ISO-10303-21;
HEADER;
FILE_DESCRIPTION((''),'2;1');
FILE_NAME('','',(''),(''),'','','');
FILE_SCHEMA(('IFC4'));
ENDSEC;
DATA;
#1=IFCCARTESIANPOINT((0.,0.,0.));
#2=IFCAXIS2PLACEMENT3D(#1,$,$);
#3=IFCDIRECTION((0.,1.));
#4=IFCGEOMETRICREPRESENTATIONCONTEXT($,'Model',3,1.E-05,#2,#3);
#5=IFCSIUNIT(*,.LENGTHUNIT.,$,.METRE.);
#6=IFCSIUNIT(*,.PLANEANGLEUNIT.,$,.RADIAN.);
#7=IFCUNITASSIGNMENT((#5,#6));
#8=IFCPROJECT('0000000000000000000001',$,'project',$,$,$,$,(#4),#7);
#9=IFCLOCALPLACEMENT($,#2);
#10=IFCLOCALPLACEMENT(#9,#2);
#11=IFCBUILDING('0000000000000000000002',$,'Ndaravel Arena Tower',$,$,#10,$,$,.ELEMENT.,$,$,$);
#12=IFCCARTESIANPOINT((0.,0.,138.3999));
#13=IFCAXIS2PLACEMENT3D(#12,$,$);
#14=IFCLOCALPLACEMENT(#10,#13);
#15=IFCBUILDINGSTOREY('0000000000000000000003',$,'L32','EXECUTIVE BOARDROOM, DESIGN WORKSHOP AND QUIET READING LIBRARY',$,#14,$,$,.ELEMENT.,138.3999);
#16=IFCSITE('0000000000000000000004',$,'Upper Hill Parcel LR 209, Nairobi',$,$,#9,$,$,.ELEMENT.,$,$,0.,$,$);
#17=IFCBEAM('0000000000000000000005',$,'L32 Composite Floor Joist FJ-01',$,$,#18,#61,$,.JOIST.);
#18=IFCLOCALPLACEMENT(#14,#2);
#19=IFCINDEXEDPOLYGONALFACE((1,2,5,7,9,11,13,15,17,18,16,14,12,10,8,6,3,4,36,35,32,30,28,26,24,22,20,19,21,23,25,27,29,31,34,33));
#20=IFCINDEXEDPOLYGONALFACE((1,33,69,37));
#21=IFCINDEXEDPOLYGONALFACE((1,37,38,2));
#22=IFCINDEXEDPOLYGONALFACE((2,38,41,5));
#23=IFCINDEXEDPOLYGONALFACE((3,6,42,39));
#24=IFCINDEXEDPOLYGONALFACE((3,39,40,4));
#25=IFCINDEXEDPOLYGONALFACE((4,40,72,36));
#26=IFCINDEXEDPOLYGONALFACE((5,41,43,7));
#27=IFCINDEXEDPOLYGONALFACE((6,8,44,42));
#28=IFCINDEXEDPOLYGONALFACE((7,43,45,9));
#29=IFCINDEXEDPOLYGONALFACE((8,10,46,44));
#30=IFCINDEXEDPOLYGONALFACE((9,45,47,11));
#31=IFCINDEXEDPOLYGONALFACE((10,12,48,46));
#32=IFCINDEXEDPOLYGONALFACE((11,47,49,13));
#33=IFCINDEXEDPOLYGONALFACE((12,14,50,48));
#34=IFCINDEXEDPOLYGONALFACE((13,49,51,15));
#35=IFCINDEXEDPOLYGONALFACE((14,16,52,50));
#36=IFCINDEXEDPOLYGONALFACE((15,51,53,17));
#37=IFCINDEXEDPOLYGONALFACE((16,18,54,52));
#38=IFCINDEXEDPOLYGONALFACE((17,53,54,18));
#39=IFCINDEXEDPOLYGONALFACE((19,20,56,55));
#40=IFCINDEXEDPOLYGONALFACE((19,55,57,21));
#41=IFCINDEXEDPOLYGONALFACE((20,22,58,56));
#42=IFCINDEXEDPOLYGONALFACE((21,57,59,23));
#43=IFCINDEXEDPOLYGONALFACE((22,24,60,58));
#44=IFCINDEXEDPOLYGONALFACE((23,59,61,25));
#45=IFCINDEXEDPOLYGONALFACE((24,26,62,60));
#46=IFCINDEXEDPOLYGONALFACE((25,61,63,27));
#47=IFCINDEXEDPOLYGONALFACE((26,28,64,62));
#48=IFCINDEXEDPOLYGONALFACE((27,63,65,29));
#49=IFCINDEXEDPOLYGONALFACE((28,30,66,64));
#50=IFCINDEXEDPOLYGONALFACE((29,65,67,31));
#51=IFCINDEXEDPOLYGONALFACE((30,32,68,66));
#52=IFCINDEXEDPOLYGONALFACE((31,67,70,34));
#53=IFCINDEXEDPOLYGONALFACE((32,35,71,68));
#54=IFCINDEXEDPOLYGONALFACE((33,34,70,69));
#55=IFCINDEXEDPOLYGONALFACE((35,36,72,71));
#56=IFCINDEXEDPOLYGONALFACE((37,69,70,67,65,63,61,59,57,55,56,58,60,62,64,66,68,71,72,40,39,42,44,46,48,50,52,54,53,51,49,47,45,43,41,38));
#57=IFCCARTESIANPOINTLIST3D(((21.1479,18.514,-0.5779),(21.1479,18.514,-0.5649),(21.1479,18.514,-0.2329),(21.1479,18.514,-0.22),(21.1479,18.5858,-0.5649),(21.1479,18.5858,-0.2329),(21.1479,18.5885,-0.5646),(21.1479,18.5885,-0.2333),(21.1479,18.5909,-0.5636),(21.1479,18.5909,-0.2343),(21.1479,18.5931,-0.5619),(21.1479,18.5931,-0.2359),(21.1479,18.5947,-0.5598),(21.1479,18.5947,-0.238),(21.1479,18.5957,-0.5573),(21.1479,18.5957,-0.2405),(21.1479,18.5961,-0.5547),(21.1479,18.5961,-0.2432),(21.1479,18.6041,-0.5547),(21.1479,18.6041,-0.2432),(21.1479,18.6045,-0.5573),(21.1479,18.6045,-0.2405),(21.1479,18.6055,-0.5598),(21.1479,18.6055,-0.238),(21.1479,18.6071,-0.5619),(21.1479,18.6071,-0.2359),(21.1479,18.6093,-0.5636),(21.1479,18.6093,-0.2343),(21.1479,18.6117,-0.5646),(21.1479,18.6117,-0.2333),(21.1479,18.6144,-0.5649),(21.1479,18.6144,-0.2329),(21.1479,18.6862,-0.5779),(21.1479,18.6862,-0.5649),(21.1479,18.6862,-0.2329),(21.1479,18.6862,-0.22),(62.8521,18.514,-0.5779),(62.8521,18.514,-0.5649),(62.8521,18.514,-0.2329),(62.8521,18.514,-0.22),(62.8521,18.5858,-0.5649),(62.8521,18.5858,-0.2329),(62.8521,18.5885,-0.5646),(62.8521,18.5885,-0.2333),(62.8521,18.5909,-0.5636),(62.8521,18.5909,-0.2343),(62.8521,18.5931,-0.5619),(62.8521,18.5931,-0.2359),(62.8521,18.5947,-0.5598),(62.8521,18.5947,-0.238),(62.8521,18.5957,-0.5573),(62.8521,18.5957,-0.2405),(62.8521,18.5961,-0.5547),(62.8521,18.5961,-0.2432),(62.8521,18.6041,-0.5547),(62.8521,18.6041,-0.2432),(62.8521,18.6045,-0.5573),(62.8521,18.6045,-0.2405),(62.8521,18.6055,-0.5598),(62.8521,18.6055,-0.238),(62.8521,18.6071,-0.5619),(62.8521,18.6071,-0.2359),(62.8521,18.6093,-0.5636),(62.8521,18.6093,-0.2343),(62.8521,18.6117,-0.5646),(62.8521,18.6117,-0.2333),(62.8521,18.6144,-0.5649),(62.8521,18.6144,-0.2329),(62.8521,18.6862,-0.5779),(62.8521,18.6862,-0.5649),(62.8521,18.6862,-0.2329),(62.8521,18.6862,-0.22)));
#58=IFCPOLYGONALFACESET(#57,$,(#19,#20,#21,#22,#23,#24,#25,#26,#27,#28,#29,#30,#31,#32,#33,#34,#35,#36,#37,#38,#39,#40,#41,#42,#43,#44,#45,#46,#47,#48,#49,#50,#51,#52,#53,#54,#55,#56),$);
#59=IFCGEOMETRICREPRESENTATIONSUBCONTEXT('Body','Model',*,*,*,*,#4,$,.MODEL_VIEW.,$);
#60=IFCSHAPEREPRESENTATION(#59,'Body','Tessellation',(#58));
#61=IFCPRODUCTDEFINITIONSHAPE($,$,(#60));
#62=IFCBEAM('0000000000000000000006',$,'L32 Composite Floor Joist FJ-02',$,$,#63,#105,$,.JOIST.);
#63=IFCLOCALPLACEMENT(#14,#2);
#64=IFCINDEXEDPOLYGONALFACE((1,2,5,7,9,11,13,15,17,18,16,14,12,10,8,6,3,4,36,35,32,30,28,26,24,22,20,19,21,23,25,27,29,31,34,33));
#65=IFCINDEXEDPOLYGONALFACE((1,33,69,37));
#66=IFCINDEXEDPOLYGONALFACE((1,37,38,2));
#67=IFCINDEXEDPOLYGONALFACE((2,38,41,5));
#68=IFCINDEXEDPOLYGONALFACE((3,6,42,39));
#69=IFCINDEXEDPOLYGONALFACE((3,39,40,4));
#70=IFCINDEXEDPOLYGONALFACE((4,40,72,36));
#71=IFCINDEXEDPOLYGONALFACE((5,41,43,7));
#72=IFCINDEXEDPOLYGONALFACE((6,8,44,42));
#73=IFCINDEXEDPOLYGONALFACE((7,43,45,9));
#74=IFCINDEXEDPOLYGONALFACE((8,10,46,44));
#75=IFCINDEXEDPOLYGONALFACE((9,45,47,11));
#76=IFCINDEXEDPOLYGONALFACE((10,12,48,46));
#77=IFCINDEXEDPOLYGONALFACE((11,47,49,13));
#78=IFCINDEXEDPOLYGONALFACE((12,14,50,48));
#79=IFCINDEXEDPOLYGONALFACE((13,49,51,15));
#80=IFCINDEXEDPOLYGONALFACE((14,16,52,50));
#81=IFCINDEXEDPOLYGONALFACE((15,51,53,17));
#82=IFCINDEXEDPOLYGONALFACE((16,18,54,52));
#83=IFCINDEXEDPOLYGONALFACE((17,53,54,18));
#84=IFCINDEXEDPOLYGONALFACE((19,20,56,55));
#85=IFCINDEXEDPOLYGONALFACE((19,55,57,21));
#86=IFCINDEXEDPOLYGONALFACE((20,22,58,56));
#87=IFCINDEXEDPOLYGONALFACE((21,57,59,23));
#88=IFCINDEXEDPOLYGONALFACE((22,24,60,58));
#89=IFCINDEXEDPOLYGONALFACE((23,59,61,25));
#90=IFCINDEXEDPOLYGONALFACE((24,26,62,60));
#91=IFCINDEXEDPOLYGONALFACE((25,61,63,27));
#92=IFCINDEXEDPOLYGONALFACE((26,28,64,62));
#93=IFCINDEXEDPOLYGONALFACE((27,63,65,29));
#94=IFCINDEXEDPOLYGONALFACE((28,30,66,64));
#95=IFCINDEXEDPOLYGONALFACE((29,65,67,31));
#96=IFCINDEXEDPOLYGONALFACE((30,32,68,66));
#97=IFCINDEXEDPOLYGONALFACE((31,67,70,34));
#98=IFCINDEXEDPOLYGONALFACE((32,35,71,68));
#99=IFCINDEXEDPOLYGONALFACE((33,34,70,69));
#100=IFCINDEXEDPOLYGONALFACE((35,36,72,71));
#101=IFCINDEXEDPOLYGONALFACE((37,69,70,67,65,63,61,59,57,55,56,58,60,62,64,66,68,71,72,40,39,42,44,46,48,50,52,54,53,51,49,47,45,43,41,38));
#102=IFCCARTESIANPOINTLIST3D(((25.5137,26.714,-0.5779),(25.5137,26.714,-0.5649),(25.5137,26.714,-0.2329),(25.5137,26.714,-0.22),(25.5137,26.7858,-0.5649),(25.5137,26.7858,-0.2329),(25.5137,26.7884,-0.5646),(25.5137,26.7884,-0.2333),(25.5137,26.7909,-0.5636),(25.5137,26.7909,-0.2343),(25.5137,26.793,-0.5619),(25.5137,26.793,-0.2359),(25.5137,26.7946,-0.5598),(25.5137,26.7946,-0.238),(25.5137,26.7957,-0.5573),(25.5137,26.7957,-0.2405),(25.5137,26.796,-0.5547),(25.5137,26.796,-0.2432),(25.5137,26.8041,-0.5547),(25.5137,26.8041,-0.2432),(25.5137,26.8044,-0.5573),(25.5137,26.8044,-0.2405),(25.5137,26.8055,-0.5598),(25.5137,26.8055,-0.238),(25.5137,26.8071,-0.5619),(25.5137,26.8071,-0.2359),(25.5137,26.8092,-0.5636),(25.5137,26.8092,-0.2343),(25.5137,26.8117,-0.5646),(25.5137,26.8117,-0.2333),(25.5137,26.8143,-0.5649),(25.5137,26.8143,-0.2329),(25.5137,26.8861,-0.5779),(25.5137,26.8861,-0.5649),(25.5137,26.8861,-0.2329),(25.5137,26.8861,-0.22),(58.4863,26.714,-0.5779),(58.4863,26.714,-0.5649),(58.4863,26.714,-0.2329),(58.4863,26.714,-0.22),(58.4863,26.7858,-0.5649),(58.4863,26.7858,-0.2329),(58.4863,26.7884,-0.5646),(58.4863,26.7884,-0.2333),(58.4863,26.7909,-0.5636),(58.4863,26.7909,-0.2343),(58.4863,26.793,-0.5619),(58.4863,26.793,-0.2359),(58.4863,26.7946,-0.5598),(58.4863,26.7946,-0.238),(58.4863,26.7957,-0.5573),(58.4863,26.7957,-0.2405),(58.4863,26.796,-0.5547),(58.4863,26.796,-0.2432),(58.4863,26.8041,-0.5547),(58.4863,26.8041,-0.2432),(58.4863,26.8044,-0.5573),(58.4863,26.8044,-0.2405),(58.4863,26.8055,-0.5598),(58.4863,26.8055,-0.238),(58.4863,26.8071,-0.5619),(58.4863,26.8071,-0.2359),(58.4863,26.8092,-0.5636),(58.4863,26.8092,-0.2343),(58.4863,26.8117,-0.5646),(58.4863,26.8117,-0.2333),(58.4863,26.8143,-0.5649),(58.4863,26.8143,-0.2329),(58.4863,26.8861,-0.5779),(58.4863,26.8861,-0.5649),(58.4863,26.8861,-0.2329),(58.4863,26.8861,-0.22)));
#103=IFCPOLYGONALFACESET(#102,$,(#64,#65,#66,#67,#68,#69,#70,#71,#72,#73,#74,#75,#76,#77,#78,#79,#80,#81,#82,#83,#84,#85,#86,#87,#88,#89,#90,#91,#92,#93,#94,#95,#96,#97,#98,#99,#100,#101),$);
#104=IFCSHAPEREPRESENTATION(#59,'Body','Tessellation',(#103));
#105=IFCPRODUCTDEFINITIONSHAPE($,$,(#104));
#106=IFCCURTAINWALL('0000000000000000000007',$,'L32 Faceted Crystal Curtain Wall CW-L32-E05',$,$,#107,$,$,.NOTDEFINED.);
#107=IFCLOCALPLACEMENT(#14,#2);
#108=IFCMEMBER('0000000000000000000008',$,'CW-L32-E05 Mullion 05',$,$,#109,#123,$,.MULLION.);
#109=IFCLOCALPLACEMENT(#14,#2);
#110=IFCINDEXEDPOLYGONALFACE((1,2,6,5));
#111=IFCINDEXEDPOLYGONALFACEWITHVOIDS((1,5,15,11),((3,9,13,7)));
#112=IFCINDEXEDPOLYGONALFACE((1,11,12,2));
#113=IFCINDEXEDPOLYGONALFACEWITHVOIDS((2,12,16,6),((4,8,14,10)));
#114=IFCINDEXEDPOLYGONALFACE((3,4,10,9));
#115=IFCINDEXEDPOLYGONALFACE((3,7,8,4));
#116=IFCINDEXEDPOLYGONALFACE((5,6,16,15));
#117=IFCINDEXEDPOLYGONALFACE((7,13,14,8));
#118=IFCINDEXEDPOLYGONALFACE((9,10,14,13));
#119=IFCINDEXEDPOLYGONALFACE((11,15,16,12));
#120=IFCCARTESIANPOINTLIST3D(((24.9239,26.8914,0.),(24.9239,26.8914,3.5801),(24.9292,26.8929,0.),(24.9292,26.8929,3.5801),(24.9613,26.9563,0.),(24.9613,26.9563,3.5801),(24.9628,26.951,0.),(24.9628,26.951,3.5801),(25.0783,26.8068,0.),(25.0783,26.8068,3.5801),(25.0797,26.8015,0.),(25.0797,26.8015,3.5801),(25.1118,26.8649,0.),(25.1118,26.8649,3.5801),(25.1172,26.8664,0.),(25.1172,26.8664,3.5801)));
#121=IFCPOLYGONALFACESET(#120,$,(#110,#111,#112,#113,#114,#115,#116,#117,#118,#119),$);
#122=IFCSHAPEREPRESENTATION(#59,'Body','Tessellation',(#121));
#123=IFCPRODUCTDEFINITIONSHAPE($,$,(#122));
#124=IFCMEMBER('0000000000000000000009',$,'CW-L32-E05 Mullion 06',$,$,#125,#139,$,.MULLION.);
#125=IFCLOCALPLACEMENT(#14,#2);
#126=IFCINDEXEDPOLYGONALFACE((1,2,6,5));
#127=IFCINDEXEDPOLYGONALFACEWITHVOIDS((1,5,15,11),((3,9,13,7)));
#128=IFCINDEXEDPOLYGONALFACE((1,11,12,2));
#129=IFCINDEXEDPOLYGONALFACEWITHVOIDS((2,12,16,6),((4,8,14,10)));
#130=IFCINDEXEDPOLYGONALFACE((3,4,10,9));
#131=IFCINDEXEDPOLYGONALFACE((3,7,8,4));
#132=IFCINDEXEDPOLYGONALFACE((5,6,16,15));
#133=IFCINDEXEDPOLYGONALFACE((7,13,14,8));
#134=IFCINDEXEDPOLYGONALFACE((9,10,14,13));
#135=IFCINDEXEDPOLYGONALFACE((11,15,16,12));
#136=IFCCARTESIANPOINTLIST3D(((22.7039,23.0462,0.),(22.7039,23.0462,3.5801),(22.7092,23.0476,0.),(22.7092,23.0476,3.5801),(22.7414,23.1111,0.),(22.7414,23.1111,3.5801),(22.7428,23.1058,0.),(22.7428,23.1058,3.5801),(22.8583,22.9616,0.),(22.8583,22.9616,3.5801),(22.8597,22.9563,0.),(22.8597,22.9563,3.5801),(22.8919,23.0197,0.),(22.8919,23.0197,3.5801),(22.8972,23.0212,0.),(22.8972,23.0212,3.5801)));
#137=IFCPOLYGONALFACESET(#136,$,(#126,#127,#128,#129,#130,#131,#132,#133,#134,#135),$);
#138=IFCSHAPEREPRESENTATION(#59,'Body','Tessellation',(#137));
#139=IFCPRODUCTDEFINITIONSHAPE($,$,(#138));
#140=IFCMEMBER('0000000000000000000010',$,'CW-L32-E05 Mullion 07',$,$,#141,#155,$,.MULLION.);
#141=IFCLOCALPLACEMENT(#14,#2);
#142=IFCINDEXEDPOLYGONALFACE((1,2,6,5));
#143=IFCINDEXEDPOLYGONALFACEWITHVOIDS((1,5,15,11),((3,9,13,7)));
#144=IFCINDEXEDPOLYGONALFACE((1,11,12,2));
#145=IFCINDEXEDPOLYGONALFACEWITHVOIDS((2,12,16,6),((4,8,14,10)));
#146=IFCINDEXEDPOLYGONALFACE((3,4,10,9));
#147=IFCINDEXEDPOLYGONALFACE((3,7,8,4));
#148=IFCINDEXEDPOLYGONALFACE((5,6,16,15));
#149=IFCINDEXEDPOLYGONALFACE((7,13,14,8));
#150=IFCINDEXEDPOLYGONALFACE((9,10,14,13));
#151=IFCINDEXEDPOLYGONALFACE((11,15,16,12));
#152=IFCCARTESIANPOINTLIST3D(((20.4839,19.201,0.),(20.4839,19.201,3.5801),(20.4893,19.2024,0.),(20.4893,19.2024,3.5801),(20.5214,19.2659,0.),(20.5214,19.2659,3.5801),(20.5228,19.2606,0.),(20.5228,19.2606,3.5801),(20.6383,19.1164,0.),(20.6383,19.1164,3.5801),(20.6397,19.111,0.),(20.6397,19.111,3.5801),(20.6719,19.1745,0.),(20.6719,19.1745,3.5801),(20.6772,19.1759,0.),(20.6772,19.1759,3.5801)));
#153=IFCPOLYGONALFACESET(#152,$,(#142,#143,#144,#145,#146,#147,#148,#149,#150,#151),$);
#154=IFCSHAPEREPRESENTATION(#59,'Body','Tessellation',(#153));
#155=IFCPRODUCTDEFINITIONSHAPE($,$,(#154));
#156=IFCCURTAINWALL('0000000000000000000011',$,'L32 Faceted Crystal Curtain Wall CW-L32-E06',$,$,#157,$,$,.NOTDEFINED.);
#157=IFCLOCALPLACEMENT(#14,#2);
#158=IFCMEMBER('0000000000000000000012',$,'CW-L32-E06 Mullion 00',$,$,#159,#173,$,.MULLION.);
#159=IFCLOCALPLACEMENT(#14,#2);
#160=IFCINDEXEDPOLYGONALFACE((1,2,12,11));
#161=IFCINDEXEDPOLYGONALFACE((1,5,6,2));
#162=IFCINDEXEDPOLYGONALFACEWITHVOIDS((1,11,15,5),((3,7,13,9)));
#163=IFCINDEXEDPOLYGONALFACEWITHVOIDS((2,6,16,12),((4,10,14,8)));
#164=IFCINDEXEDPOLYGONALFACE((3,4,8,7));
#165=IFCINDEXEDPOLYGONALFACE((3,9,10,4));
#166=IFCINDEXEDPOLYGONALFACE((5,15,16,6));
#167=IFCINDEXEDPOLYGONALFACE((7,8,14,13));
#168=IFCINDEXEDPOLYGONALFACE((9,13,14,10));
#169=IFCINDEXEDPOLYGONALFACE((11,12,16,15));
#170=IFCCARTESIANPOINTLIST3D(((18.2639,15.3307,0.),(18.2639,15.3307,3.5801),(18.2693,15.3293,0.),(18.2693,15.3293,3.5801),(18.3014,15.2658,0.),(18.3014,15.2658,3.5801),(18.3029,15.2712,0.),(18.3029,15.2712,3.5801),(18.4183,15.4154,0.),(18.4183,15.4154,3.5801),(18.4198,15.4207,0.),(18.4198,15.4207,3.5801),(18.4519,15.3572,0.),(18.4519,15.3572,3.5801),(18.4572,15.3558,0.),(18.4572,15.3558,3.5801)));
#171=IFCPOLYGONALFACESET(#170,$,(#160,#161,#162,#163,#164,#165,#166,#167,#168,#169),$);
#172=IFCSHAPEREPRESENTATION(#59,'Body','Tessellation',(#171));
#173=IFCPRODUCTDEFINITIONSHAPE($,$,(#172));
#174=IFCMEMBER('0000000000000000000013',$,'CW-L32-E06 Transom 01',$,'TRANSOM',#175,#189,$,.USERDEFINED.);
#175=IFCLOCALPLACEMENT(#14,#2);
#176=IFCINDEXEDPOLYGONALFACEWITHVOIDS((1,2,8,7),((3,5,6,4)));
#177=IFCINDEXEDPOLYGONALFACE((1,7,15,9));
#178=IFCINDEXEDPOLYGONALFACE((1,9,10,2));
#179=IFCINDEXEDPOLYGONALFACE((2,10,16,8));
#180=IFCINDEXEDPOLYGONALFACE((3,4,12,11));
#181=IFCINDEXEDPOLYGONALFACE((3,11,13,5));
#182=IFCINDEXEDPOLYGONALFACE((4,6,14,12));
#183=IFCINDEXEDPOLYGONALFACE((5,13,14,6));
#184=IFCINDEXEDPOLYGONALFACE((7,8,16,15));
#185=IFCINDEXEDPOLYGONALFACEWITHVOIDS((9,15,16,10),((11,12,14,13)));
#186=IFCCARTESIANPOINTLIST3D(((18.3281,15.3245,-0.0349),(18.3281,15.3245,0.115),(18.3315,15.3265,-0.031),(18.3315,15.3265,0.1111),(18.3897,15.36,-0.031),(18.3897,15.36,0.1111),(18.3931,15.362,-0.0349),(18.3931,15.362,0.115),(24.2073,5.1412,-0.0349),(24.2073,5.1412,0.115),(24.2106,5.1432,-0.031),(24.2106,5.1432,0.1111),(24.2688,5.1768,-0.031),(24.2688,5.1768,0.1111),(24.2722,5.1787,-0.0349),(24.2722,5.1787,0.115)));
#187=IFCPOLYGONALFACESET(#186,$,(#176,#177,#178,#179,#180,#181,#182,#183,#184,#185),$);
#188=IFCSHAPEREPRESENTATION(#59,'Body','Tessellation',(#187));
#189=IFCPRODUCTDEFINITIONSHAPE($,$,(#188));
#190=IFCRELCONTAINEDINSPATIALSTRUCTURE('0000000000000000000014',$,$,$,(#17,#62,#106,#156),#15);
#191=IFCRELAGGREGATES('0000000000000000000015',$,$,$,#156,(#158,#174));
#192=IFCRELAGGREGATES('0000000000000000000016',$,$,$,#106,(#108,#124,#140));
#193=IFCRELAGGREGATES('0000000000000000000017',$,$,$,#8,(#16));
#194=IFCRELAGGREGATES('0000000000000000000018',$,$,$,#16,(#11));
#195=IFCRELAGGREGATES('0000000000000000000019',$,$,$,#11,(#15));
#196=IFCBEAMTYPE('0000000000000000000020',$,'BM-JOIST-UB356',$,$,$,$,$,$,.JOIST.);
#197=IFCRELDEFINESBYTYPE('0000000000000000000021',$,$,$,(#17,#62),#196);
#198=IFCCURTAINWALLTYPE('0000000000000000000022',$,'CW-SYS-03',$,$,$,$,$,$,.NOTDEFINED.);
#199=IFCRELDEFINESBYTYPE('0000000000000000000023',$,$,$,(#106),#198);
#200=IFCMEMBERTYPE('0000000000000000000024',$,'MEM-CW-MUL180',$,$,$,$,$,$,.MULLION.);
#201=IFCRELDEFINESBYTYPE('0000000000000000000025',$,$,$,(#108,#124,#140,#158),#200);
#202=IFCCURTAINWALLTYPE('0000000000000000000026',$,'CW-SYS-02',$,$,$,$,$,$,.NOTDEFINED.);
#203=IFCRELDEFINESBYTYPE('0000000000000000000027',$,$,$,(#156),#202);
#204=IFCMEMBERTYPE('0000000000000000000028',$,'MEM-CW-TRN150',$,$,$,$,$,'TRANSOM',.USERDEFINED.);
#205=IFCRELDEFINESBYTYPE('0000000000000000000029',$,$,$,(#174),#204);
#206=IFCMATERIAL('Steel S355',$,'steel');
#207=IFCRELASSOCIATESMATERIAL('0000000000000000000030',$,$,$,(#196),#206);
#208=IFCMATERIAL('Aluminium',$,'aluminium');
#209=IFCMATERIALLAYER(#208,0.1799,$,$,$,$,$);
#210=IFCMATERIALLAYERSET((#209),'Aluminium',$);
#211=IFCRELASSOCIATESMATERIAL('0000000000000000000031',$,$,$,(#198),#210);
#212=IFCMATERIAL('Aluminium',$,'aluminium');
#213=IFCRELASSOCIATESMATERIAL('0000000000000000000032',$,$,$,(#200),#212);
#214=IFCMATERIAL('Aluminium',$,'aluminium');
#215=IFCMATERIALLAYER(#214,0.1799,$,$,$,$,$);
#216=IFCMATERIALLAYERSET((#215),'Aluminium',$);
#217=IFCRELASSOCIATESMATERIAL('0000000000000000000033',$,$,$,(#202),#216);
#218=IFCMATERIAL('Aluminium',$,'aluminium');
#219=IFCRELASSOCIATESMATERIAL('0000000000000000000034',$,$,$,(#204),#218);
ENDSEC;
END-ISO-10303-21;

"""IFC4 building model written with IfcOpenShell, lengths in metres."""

from ifc_helpers import new_model, si_unit, direction, frame, origin, origin_2d, place, context, subcontext, project, spatial, hollow_rectangle, i_section, extrude, material, layer, layer_set, material_profile, profile_set, type_object, element, aggregate, save


model = new_model("IFC4")

# Units and contexts
model_context = context("Model", 3, precision=1e-05, world=origin(), true_north=direction((0.0, 1.0)))
body_context = subcontext(model_context, "Body", "Model", "MODEL_VIEW")
ifc_project = project(units=[si_unit("LENGTHUNIT", "METRE"), si_unit("PLANEANGLEUNIT", "RADIAN")], contexts=[model_context])

# Site, building, storey
site_placement = place(None, origin())
site = spatial("IfcSite", under=ifc_project, at=site_placement, Name="Upper Hill Parcel LR 209, Nairobi", CompositionType="ELEMENT", RefElevation=0.0)
building_placement = place(site_placement, origin())
building = spatial("IfcBuilding", under=site, at=building_placement, Name="Ndaravel Arena Tower", CompositionType="ELEMENT")
storey_placement = place(building_placement, frame((0.0, 0.0, 138.3999)))
storey = spatial("IfcBuildingStorey", under=building, at=storey_placement, Name="L32", Description="EXECUTIVE BOARDROOM, DESIGN WORKSHOP AND QUIET READING LIBRARY", CompositionType="ELEMENT", Elevation=138.3999)

# Beams
ifc_material_1 = material(Name="Steel S355", Category="steel")
ifc_material_profile_1 = material_profile(ifc_material_1, i_section(OverallWidth=0.1721, OverallDepth=0.3579, WebThickness=0.0081, FlangeThickness=0.0129, FilletRadius=0.0103, at=origin_2d()), Name="UB 356x171x57")
ifc_profile_set_1 = profile_set([ifc_material_profile_1], Name="Steel S355")
beam_type = type_object("IfcBeamType", Name="BM-JOIST-UB356", PredefinedType="JOIST", material=ifc_profile_set_1)
beam_1_placement = place(storey_placement, frame((21.1479, 18.6001, -0.3989), z_axis=(1.0, 0.0, 0.0), x_axis=(0.0, 1.0, 0.0)))
element("IfcBeam", 1, at=beam_1_placement, inside=storey, type_object=beam_type, Name="L32 Composite Floor Joist FJ-01", PredefinedType="JOIST", context=body_context, shape_type="SweptSolid", body=[
    extrude(i_section(OverallWidth=0.1721, OverallDepth=0.3579, WebThickness=0.0081, FlangeThickness=0.0129, FilletRadius=0.0103, at=origin_2d()), origin(), (0.0, 0.0, 1.0), 41.7041),
])
beam_2_placement = place(storey_placement, frame((25.5137, 26.8, -0.3989), z_axis=(1.0, 0.0, 0.0), x_axis=(0.0, 1.0, 0.0)))
element("IfcBeam", 2, at=beam_2_placement, inside=storey, type_object=beam_type, Name="L32 Composite Floor Joist FJ-02", PredefinedType="JOIST", context=body_context, shape_type="SweptSolid", body=[
    extrude(i_section(OverallWidth=0.1721, OverallDepth=0.3579, WebThickness=0.0081, FlangeThickness=0.0129, FilletRadius=0.0103, at=origin_2d()), origin(), (0.0, 0.0, 1.0), 32.9727),
])

# Curtain walls, members
ifc_material_2 = material(Name="Aluminium", Category="aluminium")
ifc_layer_1 = layer(ifc_material_2, 0.1799)
ifc_layer_set_1 = layer_set([ifc_layer_1], Name="Aluminium")
curtain_wall_type_1 = type_object("IfcCurtainWallType", Name="CW-SYS-03", PredefinedType="NOTDEFINED", material=ifc_layer_set_1)
curtain_wall_1_placement = place(storey_placement, origin())
curtain_wall_1 = element("IfcCurtainWall", 3, at=curtain_wall_1_placement, inside=storey, type_object=curtain_wall_type_1, Name="L32 Faceted Crystal Curtain Wall CW-L32-E05", PredefinedType="NOTDEFINED")
ifc_material_3 = material(Name="Aluminium", Category="aluminium")
ifc_material_profile_2 = material_profile(ifc_material_3, hollow_rectangle(XDim=0.075, YDim=0.1799, WallThickness=0.0039, at=origin_2d()), Name="CW MULLION 75x180x4")
ifc_profile_set_2 = profile_set([ifc_material_profile_2], Name="Aluminium")
member_type_1 = type_object("IfcMemberType", Name="MEM-CW-MUL180", PredefinedType="MULLION", material=ifc_profile_set_2)
member_1_placement = place(storey_placement, frame((25.0205, 26.8789, 0.0), z_axis=(0.0, 0.0, 1.0), x_axis=(-0.5, -0.866025, 0.0)))
member_1 = element("IfcMember", 4, at=member_1_placement, type_object=member_type_1, Name="CW-L32-E05 Mullion 05", PredefinedType="MULLION", context=body_context, shape_type="SweptSolid", body=[
    extrude(hollow_rectangle(XDim=0.075, YDim=0.1799, WallThickness=0.0039, at=origin_2d()), origin(), (0.0, 0.0, 1.0), 3.5801),
])
member_2_placement = place(storey_placement, frame((22.8005, 23.0337, 0.0), z_axis=(0.0, 0.0, 1.0), x_axis=(-0.5, -0.866025, 0.0)))
member_2 = element("IfcMember", 5, at=member_2_placement, type_object=member_type_1, Name="CW-L32-E05 Mullion 06", PredefinedType="MULLION", context=body_context, shape_type="SweptSolid", body=[
    extrude(hollow_rectangle(XDim=0.075, YDim=0.1799, WallThickness=0.0039, at=origin_2d()), origin(), (0.0, 0.0, 1.0), 3.5801),
])
member_3_placement = place(storey_placement, frame((20.5806, 19.1885, 0.0), z_axis=(0.0, 0.0, 1.0), x_axis=(-0.5, -0.866025, 0.0)))
member_3 = element("IfcMember", 6, at=member_3_placement, type_object=member_type_1, Name="CW-L32-E05 Mullion 07", PredefinedType="MULLION", context=body_context, shape_type="SweptSolid", body=[
    extrude(hollow_rectangle(XDim=0.075, YDim=0.1799, WallThickness=0.0039, at=origin_2d()), origin(), (0.0, 0.0, 1.0), 3.5801),
])
ifc_material_4 = material(Name="Aluminium", Category="aluminium")
ifc_layer_2 = layer(ifc_material_4, 0.1799)
ifc_layer_set_2 = layer_set([ifc_layer_2], Name="Aluminium")
curtain_wall_type_2 = type_object("IfcCurtainWallType", Name="CW-SYS-02", PredefinedType="NOTDEFINED", material=ifc_layer_set_2)
curtain_wall_2_placement = place(storey_placement, origin())
curtain_wall_2 = element("IfcCurtainWall", 7, at=curtain_wall_2_placement, inside=storey, type_object=curtain_wall_type_2, Name="L32 Faceted Crystal Curtain Wall CW-L32-E06", PredefinedType="NOTDEFINED")
member_4_placement = place(storey_placement, frame((18.3606, 15.3433, 0.0), z_axis=(0.0, 0.0, 1.0), x_axis=(0.5, -0.866025, 0.0)))
member_4 = element("IfcMember", 8, at=member_4_placement, type_object=member_type_1, Name="CW-L32-E06 Mullion 00", PredefinedType="MULLION", context=body_context, shape_type="SweptSolid", body=[
    extrude(hollow_rectangle(XDim=0.075, YDim=0.1799, WallThickness=0.0039, at=origin_2d()), origin(), (0.0, 0.0, 1.0), 3.5801),
])
ifc_material_5 = material(Name="Aluminium", Category="aluminium")
ifc_material_profile_3 = material_profile(ifc_material_5, hollow_rectangle(XDim=0.075, YDim=0.1499, WallThickness=0.0039, at=origin_2d()), Name="CW TRANSOM 75x150x4")
ifc_profile_set_3 = profile_set([ifc_material_profile_3], Name="Aluminium")
member_type_2 = type_object("IfcMemberType", Name="MEM-CW-TRN150", ElementType="TRANSOM", PredefinedType="USERDEFINED", material=ifc_profile_set_3)
member_5_placement = place(storey_placement, frame((18.3606, 15.3433, 0.04), z_axis=(0.499987, -0.866033, 0.0), x_axis=(0.866033, 0.499987, 0.0)))
member_5 = element("IfcMember", 9, at=member_5_placement, type_object=member_type_2, Name="CW-L32-E06 Transom 01", ObjectType="TRANSOM", PredefinedType="USERDEFINED", context=body_context, shape_type="SweptSolid", body=[
    extrude(hollow_rectangle(XDim=0.075, YDim=0.1499, WallThickness=0.0039, at=origin_2d()), origin(), (0.0, 0.0, 1.0), 11.7585),
])
aggregate(curtain_wall_2, [member_4, member_5])

aggregate(curtain_wall_1, [member_1, member_2, member_3])

save(model, "model.ifc")
